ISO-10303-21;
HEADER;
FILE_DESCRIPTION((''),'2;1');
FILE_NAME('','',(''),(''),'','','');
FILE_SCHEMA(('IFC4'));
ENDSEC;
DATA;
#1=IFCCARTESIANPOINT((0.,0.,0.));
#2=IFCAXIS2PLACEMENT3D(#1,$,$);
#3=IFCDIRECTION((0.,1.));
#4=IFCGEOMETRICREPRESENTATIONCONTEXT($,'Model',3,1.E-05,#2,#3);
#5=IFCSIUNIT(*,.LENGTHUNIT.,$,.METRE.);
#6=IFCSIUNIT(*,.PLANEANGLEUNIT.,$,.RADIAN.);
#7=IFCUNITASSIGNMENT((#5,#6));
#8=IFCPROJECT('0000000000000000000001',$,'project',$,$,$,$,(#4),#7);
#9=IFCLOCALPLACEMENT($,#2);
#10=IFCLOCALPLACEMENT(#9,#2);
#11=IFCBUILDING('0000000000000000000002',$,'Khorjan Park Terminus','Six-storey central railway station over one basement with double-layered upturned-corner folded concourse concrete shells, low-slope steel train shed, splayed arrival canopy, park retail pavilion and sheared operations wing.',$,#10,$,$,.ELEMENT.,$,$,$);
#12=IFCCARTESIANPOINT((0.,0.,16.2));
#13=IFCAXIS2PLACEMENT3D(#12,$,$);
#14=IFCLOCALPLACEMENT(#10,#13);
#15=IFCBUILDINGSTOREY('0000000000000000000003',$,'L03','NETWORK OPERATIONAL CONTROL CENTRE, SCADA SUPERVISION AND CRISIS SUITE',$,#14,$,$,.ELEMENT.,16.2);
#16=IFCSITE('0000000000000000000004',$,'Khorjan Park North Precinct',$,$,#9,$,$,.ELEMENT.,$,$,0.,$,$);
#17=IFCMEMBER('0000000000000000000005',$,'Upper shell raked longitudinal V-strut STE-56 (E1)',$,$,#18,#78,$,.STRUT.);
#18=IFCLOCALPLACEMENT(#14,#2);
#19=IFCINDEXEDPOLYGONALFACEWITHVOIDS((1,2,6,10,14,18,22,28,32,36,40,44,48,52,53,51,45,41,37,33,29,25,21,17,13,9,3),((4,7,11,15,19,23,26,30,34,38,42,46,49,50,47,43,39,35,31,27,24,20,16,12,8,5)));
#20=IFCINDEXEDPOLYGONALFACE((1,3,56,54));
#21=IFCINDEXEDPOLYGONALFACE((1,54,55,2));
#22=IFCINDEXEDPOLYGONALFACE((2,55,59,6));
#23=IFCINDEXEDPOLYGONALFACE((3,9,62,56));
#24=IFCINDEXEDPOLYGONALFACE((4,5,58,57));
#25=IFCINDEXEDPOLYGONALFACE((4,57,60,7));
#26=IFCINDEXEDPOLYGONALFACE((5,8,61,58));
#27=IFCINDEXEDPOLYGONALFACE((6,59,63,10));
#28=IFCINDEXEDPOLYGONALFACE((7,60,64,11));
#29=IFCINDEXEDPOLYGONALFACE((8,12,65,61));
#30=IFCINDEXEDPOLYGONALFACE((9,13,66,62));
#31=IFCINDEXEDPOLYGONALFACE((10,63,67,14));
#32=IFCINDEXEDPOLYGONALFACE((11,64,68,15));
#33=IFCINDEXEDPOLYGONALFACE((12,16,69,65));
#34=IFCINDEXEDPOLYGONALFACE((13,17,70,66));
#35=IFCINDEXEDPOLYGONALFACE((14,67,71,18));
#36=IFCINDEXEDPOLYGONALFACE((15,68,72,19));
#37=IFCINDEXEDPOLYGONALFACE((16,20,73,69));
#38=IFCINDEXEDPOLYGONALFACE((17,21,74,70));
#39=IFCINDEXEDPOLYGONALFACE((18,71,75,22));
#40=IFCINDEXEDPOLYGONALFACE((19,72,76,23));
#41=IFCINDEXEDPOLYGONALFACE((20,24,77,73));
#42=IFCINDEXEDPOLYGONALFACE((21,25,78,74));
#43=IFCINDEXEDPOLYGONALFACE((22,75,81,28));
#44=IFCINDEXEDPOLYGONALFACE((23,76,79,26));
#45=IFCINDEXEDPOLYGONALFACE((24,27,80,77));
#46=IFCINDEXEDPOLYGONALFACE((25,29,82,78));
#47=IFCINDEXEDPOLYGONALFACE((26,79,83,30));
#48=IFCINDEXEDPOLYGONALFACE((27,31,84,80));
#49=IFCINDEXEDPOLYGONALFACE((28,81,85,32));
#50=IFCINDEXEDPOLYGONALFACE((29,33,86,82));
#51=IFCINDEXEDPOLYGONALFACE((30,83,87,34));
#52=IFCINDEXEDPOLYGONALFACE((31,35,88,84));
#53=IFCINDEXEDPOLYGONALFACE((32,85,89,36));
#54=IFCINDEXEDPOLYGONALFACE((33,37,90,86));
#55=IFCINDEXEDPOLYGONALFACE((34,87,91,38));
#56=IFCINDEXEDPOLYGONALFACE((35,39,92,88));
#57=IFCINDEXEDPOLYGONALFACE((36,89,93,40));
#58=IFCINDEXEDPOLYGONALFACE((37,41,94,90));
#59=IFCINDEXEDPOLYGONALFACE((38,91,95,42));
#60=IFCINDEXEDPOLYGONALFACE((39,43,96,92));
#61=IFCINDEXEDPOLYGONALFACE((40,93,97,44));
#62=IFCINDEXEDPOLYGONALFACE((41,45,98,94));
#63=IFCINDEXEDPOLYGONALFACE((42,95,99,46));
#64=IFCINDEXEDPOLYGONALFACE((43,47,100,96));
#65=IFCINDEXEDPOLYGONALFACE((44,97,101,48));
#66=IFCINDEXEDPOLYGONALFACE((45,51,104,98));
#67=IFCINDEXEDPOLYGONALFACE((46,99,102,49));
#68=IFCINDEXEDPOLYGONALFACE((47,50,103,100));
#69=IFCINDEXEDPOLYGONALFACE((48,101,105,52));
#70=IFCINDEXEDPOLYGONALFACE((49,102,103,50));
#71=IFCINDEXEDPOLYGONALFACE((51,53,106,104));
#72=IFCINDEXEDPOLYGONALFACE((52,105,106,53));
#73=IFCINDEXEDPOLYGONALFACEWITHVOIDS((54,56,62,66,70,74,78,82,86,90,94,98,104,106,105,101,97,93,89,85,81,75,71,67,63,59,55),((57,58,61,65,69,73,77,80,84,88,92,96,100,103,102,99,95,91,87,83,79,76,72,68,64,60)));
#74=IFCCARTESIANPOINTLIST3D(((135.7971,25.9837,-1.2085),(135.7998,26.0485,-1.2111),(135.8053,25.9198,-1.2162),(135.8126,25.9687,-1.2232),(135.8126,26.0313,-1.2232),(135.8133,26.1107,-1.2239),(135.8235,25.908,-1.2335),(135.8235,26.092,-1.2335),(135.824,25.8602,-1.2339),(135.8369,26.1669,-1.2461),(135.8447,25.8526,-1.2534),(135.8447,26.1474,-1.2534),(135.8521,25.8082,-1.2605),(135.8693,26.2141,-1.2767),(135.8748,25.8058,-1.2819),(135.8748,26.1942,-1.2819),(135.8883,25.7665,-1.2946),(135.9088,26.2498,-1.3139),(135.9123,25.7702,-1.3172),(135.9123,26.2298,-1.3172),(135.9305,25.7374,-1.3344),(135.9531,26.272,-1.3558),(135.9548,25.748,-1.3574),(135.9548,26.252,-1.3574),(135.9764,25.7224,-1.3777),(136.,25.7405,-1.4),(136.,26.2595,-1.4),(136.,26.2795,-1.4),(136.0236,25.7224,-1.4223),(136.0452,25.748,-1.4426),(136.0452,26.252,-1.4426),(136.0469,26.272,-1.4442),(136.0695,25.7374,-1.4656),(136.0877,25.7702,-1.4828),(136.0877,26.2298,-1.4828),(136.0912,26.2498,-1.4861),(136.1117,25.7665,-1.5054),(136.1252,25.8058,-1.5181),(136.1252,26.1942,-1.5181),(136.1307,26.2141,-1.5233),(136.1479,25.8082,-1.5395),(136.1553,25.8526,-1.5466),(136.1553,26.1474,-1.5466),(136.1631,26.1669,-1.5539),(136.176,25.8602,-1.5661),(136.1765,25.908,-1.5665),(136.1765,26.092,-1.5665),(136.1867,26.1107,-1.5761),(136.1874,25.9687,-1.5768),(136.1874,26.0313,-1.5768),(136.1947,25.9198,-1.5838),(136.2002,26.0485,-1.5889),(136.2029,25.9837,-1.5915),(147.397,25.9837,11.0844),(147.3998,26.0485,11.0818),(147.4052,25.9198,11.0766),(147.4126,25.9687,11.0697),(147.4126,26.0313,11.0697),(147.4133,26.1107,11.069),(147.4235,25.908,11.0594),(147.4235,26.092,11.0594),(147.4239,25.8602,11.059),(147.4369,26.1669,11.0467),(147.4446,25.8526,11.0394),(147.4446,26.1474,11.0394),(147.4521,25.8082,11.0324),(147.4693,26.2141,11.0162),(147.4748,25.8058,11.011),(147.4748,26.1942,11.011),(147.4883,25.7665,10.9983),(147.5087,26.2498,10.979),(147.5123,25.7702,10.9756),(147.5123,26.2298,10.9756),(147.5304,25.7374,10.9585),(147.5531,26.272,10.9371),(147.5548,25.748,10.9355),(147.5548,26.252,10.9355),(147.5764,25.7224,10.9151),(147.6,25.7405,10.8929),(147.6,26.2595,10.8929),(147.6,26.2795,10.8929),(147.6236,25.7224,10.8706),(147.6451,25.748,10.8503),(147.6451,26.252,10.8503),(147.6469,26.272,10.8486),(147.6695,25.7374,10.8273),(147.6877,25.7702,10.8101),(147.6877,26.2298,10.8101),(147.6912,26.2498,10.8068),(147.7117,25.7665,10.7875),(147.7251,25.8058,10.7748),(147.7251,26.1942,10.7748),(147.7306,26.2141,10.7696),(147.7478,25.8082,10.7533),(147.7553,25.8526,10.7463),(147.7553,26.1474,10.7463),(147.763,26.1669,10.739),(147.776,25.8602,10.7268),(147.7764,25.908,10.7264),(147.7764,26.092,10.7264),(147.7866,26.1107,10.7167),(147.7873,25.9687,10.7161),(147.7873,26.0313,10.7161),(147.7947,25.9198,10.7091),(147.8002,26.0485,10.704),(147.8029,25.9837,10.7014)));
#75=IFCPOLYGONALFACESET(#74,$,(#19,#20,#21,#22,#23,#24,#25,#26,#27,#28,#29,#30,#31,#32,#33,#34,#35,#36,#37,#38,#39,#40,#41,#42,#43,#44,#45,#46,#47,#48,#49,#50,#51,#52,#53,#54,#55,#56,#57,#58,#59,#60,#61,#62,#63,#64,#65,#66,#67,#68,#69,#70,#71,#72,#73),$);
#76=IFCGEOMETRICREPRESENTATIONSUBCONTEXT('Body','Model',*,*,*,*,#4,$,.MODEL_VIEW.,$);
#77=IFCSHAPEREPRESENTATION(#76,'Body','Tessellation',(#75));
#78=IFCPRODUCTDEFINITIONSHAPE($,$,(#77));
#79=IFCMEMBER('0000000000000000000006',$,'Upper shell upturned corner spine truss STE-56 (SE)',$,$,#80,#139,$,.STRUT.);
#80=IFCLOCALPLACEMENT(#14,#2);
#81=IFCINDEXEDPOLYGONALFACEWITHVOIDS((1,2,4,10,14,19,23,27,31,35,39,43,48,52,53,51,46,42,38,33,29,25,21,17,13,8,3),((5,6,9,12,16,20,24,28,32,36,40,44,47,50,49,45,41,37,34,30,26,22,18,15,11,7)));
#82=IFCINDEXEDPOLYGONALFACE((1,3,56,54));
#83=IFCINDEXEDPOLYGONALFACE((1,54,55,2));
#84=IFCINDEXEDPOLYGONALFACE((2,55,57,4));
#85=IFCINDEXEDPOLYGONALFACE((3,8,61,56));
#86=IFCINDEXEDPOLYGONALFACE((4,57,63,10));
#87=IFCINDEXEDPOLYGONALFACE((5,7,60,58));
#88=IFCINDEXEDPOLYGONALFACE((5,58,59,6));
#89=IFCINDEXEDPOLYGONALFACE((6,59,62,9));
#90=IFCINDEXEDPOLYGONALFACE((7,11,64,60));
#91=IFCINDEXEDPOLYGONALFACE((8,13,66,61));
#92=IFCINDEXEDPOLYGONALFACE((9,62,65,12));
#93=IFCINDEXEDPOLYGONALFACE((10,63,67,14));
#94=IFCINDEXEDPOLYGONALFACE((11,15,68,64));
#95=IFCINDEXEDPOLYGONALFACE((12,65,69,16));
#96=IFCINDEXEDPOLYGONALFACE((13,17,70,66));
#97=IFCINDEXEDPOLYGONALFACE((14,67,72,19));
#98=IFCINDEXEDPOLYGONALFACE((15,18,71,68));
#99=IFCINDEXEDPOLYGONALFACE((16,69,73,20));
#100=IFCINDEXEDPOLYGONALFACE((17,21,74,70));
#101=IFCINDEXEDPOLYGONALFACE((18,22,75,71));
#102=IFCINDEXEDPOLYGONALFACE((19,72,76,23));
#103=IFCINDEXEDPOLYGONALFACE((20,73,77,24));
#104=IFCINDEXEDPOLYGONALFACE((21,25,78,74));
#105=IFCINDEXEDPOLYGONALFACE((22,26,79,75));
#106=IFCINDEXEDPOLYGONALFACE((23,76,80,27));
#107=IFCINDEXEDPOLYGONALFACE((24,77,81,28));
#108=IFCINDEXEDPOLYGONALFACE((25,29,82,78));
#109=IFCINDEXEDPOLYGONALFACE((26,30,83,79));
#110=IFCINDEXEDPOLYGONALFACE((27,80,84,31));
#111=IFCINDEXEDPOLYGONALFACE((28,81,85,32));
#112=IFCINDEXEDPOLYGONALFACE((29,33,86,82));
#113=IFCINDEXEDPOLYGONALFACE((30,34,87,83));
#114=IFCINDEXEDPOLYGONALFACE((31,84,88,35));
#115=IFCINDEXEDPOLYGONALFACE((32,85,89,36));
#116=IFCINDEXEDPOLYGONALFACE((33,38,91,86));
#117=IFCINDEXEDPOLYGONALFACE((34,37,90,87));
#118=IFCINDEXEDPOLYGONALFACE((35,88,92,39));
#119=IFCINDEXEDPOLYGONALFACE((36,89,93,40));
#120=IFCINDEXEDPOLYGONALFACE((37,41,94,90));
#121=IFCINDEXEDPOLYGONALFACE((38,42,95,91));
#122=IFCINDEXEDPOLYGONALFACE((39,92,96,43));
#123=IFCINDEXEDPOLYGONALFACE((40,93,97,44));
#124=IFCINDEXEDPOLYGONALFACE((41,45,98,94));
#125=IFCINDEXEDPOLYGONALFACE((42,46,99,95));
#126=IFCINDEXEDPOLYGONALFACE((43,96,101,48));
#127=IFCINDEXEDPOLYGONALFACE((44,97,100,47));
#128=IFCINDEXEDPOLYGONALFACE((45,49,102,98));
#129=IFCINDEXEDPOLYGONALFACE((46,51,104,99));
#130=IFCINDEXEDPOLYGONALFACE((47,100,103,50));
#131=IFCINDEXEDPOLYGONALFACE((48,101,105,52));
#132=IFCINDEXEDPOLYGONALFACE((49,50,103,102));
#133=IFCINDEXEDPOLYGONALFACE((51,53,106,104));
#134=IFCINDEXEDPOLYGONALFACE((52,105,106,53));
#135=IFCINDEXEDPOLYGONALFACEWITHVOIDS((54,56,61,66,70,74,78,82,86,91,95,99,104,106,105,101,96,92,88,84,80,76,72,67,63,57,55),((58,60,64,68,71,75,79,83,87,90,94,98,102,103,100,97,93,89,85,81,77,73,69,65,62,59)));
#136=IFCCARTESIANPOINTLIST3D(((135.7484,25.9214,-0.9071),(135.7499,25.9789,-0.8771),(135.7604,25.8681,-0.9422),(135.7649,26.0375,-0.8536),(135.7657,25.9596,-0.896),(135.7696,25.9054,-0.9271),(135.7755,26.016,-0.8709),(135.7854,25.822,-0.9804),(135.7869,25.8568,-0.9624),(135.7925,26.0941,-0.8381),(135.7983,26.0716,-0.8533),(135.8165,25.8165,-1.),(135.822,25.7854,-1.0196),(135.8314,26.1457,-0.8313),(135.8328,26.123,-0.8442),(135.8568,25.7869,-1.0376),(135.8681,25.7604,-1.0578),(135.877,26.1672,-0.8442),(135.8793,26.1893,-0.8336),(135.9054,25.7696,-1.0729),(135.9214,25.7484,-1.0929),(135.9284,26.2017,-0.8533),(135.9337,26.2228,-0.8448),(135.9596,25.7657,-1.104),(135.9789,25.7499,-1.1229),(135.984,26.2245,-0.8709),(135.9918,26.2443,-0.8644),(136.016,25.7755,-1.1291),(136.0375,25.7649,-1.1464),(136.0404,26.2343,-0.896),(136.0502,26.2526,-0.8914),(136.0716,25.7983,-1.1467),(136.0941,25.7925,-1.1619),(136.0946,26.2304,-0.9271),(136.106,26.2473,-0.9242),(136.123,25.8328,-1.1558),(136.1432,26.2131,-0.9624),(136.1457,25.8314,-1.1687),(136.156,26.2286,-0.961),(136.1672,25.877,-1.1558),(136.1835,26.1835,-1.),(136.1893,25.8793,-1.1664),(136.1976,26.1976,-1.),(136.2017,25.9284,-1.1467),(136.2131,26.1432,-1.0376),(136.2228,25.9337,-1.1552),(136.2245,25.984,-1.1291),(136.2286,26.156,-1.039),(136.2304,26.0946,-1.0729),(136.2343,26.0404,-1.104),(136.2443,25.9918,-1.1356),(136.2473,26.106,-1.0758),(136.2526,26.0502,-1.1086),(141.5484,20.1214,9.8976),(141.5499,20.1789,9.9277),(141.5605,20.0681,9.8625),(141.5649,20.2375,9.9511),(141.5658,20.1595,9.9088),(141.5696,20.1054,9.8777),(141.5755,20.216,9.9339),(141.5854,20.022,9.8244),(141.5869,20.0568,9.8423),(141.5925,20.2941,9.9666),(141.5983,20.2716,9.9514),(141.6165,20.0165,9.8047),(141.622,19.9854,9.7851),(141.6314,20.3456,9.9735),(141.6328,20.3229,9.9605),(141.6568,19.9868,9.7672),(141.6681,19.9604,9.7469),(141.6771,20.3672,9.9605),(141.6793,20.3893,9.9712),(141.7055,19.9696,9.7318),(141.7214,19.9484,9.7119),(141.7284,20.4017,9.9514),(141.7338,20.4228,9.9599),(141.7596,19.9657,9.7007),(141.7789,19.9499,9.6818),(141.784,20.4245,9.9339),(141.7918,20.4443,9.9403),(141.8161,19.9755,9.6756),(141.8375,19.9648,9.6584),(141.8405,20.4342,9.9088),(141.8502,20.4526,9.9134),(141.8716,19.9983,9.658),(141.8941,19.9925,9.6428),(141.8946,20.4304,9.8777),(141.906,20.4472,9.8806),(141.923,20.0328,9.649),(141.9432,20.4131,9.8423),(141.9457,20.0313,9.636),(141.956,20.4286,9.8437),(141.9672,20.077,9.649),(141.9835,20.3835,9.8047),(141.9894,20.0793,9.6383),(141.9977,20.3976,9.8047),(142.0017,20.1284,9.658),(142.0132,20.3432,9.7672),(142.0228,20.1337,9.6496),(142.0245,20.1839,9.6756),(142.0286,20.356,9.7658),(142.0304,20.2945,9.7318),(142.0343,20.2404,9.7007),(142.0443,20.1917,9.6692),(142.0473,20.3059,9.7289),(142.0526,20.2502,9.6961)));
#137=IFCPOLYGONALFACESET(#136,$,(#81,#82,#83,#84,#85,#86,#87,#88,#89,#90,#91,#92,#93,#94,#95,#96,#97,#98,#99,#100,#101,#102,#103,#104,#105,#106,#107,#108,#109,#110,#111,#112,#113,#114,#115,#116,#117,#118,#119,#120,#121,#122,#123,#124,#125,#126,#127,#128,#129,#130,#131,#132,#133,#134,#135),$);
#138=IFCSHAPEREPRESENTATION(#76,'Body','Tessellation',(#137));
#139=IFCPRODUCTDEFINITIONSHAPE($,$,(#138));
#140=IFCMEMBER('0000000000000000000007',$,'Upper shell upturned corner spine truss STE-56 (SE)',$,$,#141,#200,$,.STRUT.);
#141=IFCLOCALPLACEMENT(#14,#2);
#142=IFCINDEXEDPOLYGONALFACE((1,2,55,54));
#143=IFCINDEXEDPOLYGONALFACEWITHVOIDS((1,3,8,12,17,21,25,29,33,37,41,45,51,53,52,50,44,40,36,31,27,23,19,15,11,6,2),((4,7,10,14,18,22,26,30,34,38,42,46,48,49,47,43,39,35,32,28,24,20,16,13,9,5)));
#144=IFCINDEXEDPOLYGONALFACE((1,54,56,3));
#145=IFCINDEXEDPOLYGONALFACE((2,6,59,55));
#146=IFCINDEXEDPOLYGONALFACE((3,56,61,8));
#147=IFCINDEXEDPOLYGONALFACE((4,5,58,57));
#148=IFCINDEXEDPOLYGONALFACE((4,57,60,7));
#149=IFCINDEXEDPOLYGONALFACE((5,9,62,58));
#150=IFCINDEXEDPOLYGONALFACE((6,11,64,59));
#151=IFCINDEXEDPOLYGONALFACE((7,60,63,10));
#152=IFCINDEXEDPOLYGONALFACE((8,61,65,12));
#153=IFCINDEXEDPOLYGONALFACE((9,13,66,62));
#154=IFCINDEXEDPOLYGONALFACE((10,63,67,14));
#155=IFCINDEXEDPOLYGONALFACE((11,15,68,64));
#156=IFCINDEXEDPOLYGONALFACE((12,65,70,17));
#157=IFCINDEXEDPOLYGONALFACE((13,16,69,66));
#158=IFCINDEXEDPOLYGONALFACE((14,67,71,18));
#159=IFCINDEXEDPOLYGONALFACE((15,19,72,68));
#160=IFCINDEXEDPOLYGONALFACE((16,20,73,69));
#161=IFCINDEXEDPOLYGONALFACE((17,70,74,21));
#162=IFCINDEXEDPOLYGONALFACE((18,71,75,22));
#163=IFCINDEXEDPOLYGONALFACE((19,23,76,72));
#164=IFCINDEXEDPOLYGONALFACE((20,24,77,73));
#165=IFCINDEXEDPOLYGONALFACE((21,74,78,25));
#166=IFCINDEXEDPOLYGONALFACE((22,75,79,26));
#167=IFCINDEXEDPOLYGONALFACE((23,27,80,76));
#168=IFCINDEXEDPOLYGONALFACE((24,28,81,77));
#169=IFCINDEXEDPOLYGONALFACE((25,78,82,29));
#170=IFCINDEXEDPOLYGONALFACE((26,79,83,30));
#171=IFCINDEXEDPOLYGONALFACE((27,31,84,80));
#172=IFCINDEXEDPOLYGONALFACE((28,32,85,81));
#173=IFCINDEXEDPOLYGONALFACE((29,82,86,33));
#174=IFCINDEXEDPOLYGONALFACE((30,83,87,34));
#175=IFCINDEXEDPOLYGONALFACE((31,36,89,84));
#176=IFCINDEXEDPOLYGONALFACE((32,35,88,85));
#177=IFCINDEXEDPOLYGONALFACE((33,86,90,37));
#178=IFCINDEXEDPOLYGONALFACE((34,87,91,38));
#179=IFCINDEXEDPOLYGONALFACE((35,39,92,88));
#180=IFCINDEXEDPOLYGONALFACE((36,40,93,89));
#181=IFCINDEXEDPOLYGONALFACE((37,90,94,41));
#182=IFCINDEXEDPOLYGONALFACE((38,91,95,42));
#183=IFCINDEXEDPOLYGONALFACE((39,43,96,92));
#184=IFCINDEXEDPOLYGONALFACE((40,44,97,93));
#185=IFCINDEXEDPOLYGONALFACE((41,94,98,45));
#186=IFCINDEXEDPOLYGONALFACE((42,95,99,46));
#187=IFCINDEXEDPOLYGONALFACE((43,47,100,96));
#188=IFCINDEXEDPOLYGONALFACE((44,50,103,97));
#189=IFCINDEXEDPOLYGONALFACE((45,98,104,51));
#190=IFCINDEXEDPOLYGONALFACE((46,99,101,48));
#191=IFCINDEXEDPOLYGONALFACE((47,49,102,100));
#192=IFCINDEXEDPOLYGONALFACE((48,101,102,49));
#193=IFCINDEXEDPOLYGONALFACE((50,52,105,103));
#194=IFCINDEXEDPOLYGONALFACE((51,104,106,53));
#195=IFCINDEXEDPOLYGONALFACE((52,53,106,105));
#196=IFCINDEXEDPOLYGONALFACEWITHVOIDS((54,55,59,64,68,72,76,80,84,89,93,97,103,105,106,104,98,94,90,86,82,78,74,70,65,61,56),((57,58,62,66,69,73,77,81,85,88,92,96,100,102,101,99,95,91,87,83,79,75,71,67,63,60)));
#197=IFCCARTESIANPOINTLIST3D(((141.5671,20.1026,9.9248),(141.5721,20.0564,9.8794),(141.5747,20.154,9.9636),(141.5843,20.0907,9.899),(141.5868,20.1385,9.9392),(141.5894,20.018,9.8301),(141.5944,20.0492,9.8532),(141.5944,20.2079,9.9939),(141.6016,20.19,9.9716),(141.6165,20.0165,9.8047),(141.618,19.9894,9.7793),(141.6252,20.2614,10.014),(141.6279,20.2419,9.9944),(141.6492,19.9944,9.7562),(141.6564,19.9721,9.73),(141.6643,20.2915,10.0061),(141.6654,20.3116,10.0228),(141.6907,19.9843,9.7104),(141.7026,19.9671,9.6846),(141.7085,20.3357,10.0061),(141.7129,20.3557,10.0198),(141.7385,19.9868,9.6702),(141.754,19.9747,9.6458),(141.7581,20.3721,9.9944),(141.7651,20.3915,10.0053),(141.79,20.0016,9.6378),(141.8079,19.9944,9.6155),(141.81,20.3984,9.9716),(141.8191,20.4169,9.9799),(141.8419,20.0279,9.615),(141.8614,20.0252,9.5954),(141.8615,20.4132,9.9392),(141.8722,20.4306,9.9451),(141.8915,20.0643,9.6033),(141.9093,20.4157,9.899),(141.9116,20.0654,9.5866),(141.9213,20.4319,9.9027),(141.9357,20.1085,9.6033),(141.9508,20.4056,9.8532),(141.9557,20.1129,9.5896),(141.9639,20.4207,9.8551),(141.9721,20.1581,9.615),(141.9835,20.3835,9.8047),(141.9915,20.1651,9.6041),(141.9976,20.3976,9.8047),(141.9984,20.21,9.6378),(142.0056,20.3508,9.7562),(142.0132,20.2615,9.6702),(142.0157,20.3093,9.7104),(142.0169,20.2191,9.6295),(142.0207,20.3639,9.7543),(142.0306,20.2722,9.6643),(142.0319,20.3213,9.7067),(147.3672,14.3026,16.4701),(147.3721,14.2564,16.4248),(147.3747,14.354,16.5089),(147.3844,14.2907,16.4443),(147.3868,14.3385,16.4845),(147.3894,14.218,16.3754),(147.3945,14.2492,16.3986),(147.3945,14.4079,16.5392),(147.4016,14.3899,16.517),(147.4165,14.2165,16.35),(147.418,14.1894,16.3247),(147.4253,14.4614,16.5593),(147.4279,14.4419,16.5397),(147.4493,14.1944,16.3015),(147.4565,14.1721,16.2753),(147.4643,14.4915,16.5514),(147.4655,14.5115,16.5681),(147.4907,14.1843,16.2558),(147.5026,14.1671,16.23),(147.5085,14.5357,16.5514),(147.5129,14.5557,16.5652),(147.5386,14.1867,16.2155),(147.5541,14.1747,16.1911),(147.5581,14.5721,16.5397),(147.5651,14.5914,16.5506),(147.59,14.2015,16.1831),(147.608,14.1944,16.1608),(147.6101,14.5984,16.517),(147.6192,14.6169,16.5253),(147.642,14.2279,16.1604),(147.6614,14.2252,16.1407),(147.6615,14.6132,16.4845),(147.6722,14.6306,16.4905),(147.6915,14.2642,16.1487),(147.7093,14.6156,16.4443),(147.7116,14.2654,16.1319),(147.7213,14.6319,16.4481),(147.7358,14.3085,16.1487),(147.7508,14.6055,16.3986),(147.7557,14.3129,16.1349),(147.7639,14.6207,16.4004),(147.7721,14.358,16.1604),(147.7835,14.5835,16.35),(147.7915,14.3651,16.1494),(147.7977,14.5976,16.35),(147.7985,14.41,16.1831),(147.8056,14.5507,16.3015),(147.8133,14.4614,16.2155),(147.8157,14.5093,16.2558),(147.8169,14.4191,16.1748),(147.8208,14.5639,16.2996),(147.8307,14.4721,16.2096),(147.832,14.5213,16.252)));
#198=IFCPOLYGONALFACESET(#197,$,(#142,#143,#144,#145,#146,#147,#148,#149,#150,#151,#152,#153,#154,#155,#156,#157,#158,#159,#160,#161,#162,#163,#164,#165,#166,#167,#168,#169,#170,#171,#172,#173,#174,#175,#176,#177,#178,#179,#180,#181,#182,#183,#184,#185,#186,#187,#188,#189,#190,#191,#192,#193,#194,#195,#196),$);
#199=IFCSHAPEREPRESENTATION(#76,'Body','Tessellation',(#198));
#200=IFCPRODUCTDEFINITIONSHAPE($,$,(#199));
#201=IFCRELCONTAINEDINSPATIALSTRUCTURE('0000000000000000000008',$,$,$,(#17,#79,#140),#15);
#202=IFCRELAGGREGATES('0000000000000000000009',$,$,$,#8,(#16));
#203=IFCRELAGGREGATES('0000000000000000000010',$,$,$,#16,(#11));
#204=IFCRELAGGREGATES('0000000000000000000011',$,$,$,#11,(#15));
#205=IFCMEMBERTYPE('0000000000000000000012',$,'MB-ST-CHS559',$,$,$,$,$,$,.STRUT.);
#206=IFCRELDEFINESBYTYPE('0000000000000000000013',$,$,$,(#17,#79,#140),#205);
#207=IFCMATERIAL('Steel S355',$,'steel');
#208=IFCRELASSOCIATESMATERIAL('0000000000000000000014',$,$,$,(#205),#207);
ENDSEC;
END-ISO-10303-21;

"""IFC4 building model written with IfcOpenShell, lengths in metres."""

from ifc_helpers import new_model, si_unit, direction, frame, origin, origin_2d, place, context, subcontext, project, spatial, hollow_circle, extrude, material, material_profile, profile_set, type_object, element, save


model = new_model("IFC4")

# Units and contexts
model_context = context("Model", 3, precision=1e-05, world=origin(), true_north=direction((0.0, 1.0)))
body_context = subcontext(model_context, "Body", "Model", "MODEL_VIEW")
ifc_project = project(units=[si_unit("LENGTHUNIT", "METRE"), si_unit("PLANEANGLEUNIT", "RADIAN")], contexts=[model_context])

# Site, building, storey
site_placement = place(None, origin())
site = spatial("IfcSite", under=ifc_project, at=site_placement, Name="Khorjan Park North Precinct", CompositionType="ELEMENT", RefElevation=0.0)
building_placement = place(site_placement, origin())
building = spatial("IfcBuilding", under=site, at=building_placement, Name="Khorjan Park Terminus", Description="Six-storey central railway station over one basement with double-layered upturned-corner folded concourse concrete shells, low-slope steel train shed, splayed arrival canopy, park retail pavilion and sheared operations wing.", CompositionType="ELEMENT")
storey_placement = place(building_placement, frame((0.0, 0.0, 16.2)))
storey = spatial("IfcBuildingStorey", under=building, at=storey_placement, Name="L03", Description="NETWORK OPERATIONAL CONTROL CENTRE, SCADA SUPERVISION AND CRISIS SUITE", CompositionType="ELEMENT", Elevation=16.2)

# Members
ifc_material = material(Name="Steel S355", Category="steel")
ifc_material_profile_1 = material_profile(ifc_material, hollow_circle(Radius=0.2795, WallThickness=0.02, at=origin_2d()), Name="CHS 559x20")
ifc_profile_set_1 = profile_set([ifc_material_profile_1], Name="Steel S355")
member_type_1 = type_object("IfcMemberType", Name="MB-ST-CHS559", PredefinedType="STRUT", material=ifc_profile_set_1)
member_1_placement = place(storey_placement, frame((136.0, 26.0, -1.4), z_axis=(0.686312, 0.0, 0.727307), x_axis=(0.0, 1.0, 0.0)))
element("IfcMember", 1, at=member_1_placement, inside=storey, type_object=member_type_1, Name="Upper shell raked longitudinal V-strut STE-56 (E1)", PredefinedType="STRUT", context=body_context, shape_type="SweptSolid", body=[
    extrude(hollow_circle(Radius=0.2795, WallThickness=0.02, at=origin_2d()), origin(), (0.0, 0.0, 1.0), 16.9019),
])
member_2_placement = place(storey_placement, frame((136.0, 26.0, -1.0), z_axis=(0.427557, -0.427557, 0.796486), x_axis=(0.707107, 0.707107, 0.0)))
element("IfcMember", 2, at=member_2_placement, inside=storey, type_object=member_type_1, Name="Upper shell upturned corner spine truss STE-56 (SE)", PredefinedType="STRUT", context=body_context, shape_type="SweptSolid", body=[
    extrude(hollow_circle(Radius=0.2795, WallThickness=0.02, at=origin_2d()), origin(), (0.0, 0.0, 1.0), 13.5655),
])
member_3_placement = place(storey_placement, frame((141.8, 20.2, 9.8047), z_axis=(0.552705, -0.552705, 0.623727), x_axis=(0.707107, 0.707107, 0.0)))
element("IfcMember", 3, at=member_3_placement, inside=storey, type_object=member_type_1, Name="Upper shell upturned corner spine truss STE-56 (SE)", PredefinedType="STRUT", context=body_context, shape_type="SweptSolid", body=[
    extrude(hollow_circle(Radius=0.2795, WallThickness=0.02, at=origin_2d()), origin(), (0.0, 0.0, 1.0), 10.4939),
])

save(model, "model.ifc")
